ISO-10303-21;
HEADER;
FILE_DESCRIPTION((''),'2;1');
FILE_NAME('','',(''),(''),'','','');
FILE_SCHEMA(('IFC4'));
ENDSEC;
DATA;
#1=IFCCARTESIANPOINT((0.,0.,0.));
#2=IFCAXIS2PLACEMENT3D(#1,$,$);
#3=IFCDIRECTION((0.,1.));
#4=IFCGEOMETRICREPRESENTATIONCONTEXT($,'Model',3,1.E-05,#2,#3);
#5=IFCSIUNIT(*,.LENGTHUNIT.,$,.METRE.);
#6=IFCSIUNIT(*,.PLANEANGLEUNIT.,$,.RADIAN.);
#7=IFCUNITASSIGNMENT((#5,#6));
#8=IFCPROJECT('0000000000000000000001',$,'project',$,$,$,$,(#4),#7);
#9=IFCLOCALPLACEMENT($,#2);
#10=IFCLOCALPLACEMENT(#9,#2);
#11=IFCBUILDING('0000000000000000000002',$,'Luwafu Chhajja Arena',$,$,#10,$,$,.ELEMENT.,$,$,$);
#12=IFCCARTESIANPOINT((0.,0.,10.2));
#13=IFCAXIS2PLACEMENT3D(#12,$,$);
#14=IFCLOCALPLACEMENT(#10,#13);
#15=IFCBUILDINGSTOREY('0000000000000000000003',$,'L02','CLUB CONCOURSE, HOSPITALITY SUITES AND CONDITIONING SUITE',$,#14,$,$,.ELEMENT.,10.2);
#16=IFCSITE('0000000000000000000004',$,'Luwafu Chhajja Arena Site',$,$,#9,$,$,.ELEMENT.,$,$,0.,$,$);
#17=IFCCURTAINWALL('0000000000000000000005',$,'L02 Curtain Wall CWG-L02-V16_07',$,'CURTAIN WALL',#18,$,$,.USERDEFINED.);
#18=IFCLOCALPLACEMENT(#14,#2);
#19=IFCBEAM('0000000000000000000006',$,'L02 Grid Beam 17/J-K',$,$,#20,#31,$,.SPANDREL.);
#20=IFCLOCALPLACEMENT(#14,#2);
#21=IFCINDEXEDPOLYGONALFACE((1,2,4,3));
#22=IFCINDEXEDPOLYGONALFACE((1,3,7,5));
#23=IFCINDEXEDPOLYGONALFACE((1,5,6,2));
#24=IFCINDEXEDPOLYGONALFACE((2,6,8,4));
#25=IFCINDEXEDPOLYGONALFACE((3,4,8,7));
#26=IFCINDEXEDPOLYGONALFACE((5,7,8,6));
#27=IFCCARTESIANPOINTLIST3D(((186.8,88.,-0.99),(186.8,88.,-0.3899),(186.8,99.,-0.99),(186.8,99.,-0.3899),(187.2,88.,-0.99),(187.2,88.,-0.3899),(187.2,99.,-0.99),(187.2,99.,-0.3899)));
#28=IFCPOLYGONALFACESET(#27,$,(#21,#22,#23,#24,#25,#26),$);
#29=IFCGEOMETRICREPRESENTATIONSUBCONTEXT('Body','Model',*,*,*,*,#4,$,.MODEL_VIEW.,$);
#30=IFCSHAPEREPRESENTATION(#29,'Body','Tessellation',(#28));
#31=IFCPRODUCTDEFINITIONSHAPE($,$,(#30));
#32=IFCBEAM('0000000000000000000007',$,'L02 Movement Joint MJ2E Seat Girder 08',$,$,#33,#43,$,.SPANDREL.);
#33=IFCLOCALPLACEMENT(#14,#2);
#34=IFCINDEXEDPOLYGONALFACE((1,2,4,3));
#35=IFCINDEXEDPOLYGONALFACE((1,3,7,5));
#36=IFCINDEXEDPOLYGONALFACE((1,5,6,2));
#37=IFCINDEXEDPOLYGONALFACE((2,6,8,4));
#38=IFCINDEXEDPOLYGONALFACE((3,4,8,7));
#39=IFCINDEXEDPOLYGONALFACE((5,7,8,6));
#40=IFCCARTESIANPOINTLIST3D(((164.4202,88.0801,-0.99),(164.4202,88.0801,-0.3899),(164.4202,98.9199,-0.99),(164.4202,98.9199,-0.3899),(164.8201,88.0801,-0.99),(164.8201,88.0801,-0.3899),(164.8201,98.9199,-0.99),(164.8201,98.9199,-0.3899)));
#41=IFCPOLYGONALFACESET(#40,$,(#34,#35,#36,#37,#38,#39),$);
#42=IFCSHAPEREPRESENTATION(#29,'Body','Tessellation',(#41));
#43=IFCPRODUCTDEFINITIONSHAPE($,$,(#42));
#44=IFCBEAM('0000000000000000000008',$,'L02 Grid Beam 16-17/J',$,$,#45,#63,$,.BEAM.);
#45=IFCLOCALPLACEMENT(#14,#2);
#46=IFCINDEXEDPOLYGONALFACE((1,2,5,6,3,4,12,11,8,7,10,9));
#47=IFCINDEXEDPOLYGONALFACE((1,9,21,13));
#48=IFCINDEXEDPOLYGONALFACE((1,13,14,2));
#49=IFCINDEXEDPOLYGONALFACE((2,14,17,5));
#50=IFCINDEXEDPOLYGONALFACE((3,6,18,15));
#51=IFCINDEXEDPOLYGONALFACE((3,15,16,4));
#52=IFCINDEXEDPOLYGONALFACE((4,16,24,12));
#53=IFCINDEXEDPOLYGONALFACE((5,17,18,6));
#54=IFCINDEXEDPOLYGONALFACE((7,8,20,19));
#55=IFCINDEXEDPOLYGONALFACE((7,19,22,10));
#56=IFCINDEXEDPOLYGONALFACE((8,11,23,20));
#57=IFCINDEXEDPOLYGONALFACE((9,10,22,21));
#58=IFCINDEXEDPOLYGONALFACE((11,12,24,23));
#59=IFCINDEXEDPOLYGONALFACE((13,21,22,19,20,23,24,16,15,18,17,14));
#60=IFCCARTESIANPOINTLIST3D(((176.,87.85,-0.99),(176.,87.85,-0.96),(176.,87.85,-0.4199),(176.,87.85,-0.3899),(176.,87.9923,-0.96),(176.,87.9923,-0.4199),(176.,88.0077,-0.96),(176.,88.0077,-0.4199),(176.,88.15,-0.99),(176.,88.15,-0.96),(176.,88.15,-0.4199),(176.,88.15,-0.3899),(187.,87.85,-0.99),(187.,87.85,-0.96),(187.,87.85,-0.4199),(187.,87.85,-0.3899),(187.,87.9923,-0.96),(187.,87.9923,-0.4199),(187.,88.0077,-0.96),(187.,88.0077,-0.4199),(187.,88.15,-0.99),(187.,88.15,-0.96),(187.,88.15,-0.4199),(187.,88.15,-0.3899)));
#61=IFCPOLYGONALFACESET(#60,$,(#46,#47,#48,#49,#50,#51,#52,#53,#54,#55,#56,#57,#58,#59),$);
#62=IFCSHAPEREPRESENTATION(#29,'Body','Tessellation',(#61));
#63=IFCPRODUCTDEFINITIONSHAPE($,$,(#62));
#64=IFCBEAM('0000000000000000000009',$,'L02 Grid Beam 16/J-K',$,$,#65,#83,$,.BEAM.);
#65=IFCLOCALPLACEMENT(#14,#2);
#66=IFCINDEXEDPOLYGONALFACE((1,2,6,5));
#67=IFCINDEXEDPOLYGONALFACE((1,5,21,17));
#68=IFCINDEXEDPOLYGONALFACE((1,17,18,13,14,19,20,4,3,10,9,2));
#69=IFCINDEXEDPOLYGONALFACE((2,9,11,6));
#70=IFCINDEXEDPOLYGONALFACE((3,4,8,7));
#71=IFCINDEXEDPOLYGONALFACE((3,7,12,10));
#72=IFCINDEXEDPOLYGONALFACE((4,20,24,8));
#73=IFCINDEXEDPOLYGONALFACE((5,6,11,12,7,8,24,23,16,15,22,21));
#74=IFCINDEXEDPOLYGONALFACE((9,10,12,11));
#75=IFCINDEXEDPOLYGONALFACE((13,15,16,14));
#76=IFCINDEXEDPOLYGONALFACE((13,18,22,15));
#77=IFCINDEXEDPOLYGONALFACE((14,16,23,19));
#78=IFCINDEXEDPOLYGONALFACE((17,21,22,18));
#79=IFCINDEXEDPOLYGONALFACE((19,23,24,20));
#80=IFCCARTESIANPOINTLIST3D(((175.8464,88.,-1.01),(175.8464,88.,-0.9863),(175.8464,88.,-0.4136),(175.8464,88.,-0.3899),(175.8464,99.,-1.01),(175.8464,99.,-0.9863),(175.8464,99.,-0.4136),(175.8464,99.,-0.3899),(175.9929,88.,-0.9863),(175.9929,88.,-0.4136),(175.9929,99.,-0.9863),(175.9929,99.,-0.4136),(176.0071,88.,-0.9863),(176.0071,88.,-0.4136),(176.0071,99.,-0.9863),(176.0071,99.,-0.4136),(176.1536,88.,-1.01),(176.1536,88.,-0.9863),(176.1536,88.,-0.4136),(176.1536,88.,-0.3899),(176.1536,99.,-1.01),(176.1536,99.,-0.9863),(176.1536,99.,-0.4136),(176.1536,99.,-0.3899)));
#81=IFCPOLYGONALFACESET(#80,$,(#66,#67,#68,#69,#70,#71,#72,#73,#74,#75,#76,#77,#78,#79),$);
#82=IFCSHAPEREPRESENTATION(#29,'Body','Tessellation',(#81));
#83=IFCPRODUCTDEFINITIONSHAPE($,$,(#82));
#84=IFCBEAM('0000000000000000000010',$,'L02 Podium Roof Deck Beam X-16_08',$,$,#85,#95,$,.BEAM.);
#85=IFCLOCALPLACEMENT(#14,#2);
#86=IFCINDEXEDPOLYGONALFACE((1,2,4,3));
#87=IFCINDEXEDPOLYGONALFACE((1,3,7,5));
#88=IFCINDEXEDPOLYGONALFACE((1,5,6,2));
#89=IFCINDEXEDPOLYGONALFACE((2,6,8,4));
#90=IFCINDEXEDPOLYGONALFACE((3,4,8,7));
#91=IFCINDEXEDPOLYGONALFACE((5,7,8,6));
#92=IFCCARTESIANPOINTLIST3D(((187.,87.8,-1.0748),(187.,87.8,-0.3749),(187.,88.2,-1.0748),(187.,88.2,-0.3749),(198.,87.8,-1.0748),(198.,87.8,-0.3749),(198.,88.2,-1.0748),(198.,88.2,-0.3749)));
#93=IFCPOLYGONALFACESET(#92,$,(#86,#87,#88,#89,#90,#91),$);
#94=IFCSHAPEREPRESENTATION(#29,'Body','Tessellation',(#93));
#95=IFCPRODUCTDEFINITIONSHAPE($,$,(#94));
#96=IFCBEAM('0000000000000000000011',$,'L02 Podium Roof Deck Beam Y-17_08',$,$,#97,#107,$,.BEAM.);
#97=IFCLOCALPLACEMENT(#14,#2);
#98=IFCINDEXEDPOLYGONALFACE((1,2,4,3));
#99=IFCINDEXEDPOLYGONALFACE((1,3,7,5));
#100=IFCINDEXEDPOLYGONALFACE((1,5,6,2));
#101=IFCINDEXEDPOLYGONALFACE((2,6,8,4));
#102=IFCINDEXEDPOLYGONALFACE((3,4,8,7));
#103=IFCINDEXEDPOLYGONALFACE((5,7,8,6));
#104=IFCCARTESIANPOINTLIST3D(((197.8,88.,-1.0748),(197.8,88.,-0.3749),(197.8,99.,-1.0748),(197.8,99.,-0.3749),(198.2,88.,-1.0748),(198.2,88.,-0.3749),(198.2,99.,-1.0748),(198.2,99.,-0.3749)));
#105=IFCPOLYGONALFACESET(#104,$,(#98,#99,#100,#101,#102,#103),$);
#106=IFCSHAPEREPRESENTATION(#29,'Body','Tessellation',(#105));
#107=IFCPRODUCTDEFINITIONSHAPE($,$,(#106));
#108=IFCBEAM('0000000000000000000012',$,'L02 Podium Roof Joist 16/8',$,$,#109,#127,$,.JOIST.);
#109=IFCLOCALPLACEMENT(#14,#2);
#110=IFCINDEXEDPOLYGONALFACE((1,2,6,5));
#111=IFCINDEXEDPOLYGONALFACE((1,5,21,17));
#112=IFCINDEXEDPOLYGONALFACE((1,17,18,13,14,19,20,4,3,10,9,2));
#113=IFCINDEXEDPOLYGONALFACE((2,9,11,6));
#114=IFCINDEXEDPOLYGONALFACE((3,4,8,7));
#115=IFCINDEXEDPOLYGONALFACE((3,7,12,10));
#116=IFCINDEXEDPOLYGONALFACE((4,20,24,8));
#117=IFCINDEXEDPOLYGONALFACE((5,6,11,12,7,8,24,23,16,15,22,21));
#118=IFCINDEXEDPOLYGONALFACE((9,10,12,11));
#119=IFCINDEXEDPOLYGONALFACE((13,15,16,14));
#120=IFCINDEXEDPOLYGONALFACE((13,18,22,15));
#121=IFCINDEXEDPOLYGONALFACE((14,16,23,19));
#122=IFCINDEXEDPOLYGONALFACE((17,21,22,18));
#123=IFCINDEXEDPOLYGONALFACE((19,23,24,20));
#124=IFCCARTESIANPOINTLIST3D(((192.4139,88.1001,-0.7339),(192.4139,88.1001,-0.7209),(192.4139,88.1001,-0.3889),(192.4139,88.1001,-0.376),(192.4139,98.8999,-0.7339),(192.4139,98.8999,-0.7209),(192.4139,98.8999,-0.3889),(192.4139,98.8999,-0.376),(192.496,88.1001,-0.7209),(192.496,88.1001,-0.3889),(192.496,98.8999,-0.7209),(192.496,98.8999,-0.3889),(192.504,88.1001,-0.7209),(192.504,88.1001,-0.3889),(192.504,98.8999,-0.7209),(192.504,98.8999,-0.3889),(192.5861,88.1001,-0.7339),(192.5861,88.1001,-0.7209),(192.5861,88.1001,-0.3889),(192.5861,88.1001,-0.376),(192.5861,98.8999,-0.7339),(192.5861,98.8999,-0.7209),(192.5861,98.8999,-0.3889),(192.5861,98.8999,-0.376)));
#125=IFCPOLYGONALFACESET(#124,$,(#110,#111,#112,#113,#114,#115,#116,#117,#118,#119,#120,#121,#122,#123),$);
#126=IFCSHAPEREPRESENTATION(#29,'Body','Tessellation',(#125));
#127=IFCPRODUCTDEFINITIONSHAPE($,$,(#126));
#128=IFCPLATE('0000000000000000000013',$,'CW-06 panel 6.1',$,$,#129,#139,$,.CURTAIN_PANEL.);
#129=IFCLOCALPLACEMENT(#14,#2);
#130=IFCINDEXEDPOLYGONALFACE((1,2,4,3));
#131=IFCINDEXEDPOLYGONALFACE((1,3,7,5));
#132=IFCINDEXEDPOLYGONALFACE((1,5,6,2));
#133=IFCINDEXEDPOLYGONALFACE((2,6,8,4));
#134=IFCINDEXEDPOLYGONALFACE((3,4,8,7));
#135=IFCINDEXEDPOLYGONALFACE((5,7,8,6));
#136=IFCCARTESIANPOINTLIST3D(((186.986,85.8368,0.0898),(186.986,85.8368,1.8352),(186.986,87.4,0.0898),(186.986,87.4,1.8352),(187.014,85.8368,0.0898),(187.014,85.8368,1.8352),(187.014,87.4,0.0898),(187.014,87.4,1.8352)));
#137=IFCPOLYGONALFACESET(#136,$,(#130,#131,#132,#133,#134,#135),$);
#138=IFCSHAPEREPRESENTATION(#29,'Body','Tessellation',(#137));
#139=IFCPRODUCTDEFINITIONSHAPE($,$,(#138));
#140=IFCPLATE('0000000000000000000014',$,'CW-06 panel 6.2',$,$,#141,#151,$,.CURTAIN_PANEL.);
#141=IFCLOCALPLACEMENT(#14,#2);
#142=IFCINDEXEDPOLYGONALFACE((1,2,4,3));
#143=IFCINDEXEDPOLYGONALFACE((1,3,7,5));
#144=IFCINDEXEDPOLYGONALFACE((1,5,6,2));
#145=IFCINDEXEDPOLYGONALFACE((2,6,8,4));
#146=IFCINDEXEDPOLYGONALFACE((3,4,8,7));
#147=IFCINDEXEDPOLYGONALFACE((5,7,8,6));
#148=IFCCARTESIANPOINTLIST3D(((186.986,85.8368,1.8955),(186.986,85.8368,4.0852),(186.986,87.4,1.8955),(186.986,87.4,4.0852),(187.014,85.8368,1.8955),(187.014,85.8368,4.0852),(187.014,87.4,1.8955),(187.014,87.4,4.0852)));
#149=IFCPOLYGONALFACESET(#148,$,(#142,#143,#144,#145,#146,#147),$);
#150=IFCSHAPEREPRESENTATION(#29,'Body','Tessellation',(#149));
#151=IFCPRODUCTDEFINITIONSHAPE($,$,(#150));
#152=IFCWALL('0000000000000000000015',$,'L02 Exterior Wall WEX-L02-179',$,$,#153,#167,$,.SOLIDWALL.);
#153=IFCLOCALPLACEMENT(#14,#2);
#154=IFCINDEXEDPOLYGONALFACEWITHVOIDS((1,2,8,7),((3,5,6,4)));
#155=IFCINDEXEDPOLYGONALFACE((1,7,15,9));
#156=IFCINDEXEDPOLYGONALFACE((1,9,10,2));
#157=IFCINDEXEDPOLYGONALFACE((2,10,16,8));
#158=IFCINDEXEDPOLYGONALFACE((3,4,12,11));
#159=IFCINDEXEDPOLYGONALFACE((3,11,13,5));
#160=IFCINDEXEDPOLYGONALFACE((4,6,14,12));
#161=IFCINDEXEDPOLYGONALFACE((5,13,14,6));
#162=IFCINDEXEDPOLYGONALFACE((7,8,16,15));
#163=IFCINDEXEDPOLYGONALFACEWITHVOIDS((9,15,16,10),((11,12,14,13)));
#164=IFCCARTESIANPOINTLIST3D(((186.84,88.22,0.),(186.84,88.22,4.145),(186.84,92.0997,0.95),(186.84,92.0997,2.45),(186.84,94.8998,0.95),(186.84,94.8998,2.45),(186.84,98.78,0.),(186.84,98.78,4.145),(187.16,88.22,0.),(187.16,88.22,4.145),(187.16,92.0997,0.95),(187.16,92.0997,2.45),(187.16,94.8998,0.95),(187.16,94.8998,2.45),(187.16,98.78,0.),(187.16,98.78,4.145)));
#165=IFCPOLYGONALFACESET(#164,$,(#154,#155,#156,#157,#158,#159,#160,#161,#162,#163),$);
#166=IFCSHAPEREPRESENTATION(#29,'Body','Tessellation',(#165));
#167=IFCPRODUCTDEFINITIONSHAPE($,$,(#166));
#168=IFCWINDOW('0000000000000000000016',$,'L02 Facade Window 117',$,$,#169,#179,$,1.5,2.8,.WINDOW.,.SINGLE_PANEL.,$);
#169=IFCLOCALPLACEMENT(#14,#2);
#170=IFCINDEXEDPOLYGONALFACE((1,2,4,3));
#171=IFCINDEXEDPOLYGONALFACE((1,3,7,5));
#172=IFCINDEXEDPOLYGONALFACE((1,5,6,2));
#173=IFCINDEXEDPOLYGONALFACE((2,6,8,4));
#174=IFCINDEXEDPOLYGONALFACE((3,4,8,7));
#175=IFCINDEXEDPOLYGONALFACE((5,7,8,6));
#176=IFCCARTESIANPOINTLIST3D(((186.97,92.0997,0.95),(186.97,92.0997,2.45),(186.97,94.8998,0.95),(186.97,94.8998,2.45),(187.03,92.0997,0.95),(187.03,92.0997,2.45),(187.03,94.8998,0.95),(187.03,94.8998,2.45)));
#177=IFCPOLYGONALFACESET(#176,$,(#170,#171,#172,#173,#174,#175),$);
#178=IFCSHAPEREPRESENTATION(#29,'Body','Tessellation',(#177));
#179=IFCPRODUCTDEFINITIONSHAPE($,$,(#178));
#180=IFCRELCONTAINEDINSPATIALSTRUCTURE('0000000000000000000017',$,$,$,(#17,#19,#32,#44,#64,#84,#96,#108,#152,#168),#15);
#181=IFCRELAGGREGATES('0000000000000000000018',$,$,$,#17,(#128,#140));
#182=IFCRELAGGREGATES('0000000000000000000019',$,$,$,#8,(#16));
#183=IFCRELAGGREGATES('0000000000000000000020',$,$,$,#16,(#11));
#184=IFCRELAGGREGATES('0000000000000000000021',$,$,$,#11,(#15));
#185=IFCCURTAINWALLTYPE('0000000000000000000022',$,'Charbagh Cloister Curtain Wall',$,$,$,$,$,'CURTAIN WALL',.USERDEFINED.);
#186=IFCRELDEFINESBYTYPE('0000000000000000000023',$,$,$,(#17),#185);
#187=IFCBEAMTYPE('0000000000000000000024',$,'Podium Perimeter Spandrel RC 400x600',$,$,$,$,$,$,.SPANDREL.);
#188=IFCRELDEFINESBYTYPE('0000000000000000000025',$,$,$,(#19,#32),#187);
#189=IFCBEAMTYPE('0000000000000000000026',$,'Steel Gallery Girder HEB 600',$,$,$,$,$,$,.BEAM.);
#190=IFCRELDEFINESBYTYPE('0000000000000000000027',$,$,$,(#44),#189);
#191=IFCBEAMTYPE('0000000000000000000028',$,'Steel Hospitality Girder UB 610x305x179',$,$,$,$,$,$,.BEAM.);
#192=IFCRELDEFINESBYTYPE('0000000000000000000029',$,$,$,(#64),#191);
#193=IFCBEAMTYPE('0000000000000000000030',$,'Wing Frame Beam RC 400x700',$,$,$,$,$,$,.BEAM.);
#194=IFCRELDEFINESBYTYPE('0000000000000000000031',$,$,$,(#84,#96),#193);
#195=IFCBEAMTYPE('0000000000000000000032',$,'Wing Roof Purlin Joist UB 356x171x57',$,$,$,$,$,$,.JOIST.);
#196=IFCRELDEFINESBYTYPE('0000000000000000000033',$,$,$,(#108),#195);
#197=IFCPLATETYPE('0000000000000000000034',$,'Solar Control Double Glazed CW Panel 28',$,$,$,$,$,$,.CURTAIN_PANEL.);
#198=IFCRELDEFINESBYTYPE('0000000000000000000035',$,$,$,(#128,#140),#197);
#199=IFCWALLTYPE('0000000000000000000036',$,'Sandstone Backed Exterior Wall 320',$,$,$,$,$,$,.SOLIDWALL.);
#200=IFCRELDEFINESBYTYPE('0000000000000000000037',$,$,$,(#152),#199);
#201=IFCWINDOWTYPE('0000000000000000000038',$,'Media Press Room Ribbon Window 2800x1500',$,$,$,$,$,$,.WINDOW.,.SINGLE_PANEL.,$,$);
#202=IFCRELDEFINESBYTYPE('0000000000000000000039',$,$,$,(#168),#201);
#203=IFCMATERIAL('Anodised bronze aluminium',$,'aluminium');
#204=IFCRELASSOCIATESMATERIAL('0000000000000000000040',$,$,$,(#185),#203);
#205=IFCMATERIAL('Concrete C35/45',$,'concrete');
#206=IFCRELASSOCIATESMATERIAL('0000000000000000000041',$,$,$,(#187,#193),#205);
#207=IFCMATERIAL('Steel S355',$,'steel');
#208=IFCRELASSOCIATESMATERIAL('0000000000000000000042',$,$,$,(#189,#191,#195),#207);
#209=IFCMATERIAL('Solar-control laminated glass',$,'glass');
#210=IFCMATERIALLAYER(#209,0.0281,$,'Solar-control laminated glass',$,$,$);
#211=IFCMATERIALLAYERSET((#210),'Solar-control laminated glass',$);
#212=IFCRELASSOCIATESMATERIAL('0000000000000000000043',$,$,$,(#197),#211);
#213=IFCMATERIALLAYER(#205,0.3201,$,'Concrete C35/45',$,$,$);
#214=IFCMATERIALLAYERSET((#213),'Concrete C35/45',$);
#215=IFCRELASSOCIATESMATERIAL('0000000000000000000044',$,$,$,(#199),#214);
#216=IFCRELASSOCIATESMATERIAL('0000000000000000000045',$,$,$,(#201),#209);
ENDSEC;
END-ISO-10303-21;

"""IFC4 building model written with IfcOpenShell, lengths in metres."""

from ifc_helpers import new_model, si_unit, direction, frame, frame_2d, origin, origin_2d, place, context, subcontext, project, spatial, rectangle, i_section, extrude, material, layer, layer_set, material_profile, profile_set, type_object, element, fill, aggregate, save


model = new_model("IFC4")

# Units and contexts
model_context = context("Model", 3, precision=1e-05, world=origin(), true_north=direction((0.0, 1.0)))
body_context = subcontext(model_context, "Body", "Model", "MODEL_VIEW")
ifc_project = project(units=[si_unit("LENGTHUNIT", "METRE"), si_unit("PLANEANGLEUNIT", "RADIAN")], contexts=[model_context])

# Site, building, storey
site_placement = place(None, origin())
site = spatial("IfcSite", under=ifc_project, at=site_placement, Name="Luwafu Chhajja Arena Site", CompositionType="ELEMENT", RefElevation=0.0)
building_placement = place(site_placement, origin())
building = spatial("IfcBuilding", under=site, at=building_placement, Name="Luwafu Chhajja Arena", CompositionType="ELEMENT")
storey_placement = place(building_placement, frame((0.0, 0.0, 10.2)))
storey = spatial("IfcBuildingStorey", under=building, at=storey_placement, Name="L02", Description="CLUB CONCOURSE, HOSPITALITY SUITES AND CONDITIONING SUITE", CompositionType="ELEMENT", Elevation=10.2)

# Shared definitions
ifc_material_1 = material(Name="Concrete C35/45", Category="concrete")

# Curtain wall
ifc_material_2 = material(Name="Anodised bronze aluminium", Category="aluminium")
curtain_wall_type = type_object("IfcCurtainWallType", Name="Charbagh Cloister Curtain Wall", ElementType="CURTAIN WALL", PredefinedType="USERDEFINED", material=ifc_material_2)
curtain_wall_placement = place(storey_placement, origin())
curtain_wall = element("IfcCurtainWall", 1, at=curtain_wall_placement, inside=storey, type_object=curtain_wall_type, Name="L02 Curtain Wall CWG-L02-V16_07", ObjectType="CURTAIN WALL", PredefinedType="USERDEFINED")

# Beams
ifc_material_3 = material(Name="Steel S355", Category="steel")
ifc_material_profile_1 = material_profile(ifc_material_1, rectangle(XDim=0.3999, YDim=0.6001, at=origin_2d()), Name="RC 400x600")
ifc_profile_set_1 = profile_set([ifc_material_profile_1], Name="Concrete C35/45")
beam_type_1 = type_object("IfcBeamType", Name="Podium Perimeter Spandrel RC 400x600", PredefinedType="SPANDREL", material=ifc_profile_set_1)
for number, where, z_axis, x_axis, name in (
    (2, (187.0, 88.0, -0.6899), (0.0, 1.0, 0.0), (-1.0, 0.0, 0.0), "L02 Grid Beam 17/J-K"),
):
    element("IfcBeam", number, at=place(storey_placement, frame(where, z_axis=z_axis, x_axis=x_axis)), inside=storey, type_object=beam_type_1, Name=name, PredefinedType="SPANDREL", context=body_context, shape_type="SweptSolid", body=[
        extrude(rectangle(XDim=0.3999, YDim=0.6001, at=origin_2d()), origin(), (0.0, 0.0, 1.0), 11.0),
    ])
beam_1_placement = place(storey_placement, frame((164.6201, 88.0801, -0.6899), z_axis=(0.0, 1.0, 0.0), x_axis=(-1.0, 0.0, 0.0)))
element("IfcBeam", 3, at=beam_1_placement, inside=storey, type_object=beam_type_1, Name="L02 Movement Joint MJ2E Seat Girder 08", PredefinedType="SPANDREL", context=body_context, shape_type="SweptSolid", body=[
    extrude(rectangle(XDim=0.3999, YDim=0.6001, at=origin_2d()), origin(), (0.0, 0.0, 1.0), 10.8398),
])
ifc_material_profile_2 = material_profile(ifc_material_3, i_section(OverallWidth=0.3, OverallDepth=0.6001, WebThickness=0.0154, FlangeThickness=0.03, at=origin_2d()), Name="HEB 600")
ifc_profile_set_2 = profile_set([ifc_material_profile_2], Name="Steel S355")
beam_type_2 = type_object("IfcBeamType", Name="Steel Gallery Girder HEB 600", PredefinedType="BEAM", material=ifc_profile_set_2)
beam_2_placement = place(storey_placement, frame((176.0, 88.0, -0.6899), z_axis=(1.0, 0.0, 0.0), x_axis=(0.0, 1.0, 0.0)))
element("IfcBeam", 4, at=beam_2_placement, inside=storey, type_object=beam_type_2, Name="L02 Grid Beam 16-17/J", PredefinedType="BEAM", context=body_context, shape_type="SweptSolid", body=[
    extrude(i_section(OverallWidth=0.3, OverallDepth=0.6001, WebThickness=0.0154, FlangeThickness=0.03, at=origin_2d()), origin(), (0.0, 0.0, 1.0), 11.0),
])
ifc_material_profile_3 = material_profile(ifc_material_3, i_section(OverallWidth=0.3071, OverallDepth=0.6201, WebThickness=0.0142, FlangeThickness=0.0237, at=origin_2d()), Name="UB 610x305x179")
ifc_profile_set_3 = profile_set([ifc_material_profile_3], Name="Steel S355")
beam_type_3 = type_object("IfcBeamType", Name="Steel Hospitality Girder UB 610x305x179", PredefinedType="BEAM", material=ifc_profile_set_3)
beam_3_placement = place(storey_placement, frame((176.0, 88.0, -0.7), z_axis=(0.0, 1.0, 0.0), x_axis=(-1.0, 0.0, 0.0)))
element("IfcBeam", 5, at=beam_3_placement, inside=storey, type_object=beam_type_3, Name="L02 Grid Beam 16/J-K", PredefinedType="BEAM", context=body_context, shape_type="SweptSolid", body=[
    extrude(i_section(OverallWidth=0.3071, OverallDepth=0.6201, WebThickness=0.0142, FlangeThickness=0.0237, at=origin_2d()), origin(), (0.0, 0.0, 1.0), 11.0),
])
ifc_material_profile_4 = material_profile(ifc_material_1, rectangle(XDim=0.3999, YDim=0.7, at=origin_2d()), Name="RC 400x700")
ifc_profile_set_4 = profile_set([ifc_material_profile_4], Name="Concrete C35/45")
beam_type_4 = type_object("IfcBeamType", Name="Wing Frame Beam RC 400x700", PredefinedType="BEAM", material=ifc_profile_set_4)
for number, where, z_axis, x_axis, name in (
    (6, (187.0, 88.0, -0.7249), (1.0, 0.0, 0.0), (0.0, 1.0, 0.0), "L02 Podium Roof Deck Beam X-16_08"),
    (7, (198.0, 88.0, -0.7249), (0.0, 1.0, 0.0), (-1.0, 0.0, 0.0), "L02 Podium Roof Deck Beam Y-17_08"),
):
    element("IfcBeam", number, at=place(storey_placement, frame(where, z_axis=z_axis, x_axis=x_axis)), inside=storey, type_object=beam_type_4, Name=name, PredefinedType="BEAM", context=body_context, shape_type="SweptSolid", body=[
        extrude(rectangle(XDim=0.3999, YDim=0.7, at=origin_2d()), origin(), (0.0, 0.0, 1.0), 11.0),
    ])
ifc_material_profile_5 = material_profile(ifc_material_3, i_section(OverallWidth=0.1721, OverallDepth=0.3579, WebThickness=0.0081, FlangeThickness=0.0129, at=origin_2d()), Name="UB 356x171x57")
ifc_profile_set_5 = profile_set([ifc_material_profile_5], Name="Steel S355")
beam_type_5 = type_object("IfcBeamType", Name="Wing Roof Purlin Joist UB 356x171x57", PredefinedType="JOIST", material=ifc_profile_set_5)
beam_4_placement = place(storey_placement, frame((192.5, 88.1001, -0.5549), z_axis=(0.0, 1.0, 0.0), x_axis=(-1.0, 0.0, 0.0)))
element("IfcBeam", 8, at=beam_4_placement, inside=storey, type_object=beam_type_5, Name="L02 Podium Roof Joist 16/8", PredefinedType="JOIST", context=body_context, shape_type="SweptSolid", body=[
    extrude(i_section(OverallWidth=0.1721, OverallDepth=0.3579, WebThickness=0.0081, FlangeThickness=0.0129, at=origin_2d()), origin(), (0.0, 0.0, 1.0), 10.7998),
])

# Plates
ifc_material_4 = material(Name="Solar-control laminated glass", Category="glass")
ifc_layer_1 = layer(ifc_material_4, 0.0281, Name="Solar-control laminated glass")
ifc_layer_set_1 = layer_set([ifc_layer_1], Name="Solar-control laminated glass")
plate_type = type_object("IfcPlateType", Name="Solar Control Double Glazed CW Panel 28", PredefinedType="CURTAIN_PANEL", material=ifc_layer_set_1)
plate_1_placement = place(storey_placement, frame((187.0, 86.6184, 0.0898), z_axis=(0.0, 0.0, 1.0), x_axis=(0.0, 1.0, 0.0)))
plate_1 = element("IfcPlate", 9, at=plate_1_placement, type_object=plate_type, Name="CW-06 panel 6.1", PredefinedType="CURTAIN_PANEL", context=body_context, shape_type="SweptSolid", body=[
    extrude(rectangle(XDim=1.5632, YDim=0.0281, at=origin_2d()), origin(), (0.0, 0.0, 1.0), 1.7454),
])
plate_2_placement = place(storey_placement, frame((187.0, 86.6184, 1.8955), z_axis=(0.0, 0.0, 1.0), x_axis=(0.0, 1.0, 0.0)))
plate_2 = element("IfcPlate", 10, at=plate_2_placement, type_object=plate_type, Name="CW-06 panel 6.2", PredefinedType="CURTAIN_PANEL", context=body_context, shape_type="SweptSolid", body=[
    extrude(rectangle(XDim=1.5632, YDim=0.0281, at=origin_2d()), origin(), (0.0, 0.0, 1.0), 2.1897),
])
aggregate(curtain_wall, [plate_1, plate_2])

# Wall, opening, window
ifc_layer_2 = layer(ifc_material_1, 0.3201, Name="Concrete C35/45")
ifc_layer_set_2 = layer_set([ifc_layer_2], Name="Concrete C35/45")
wall_type = type_object("IfcWallType", Name="Sandstone Backed Exterior Wall 320", PredefinedType="SOLIDWALL", material=ifc_layer_set_2)
wall_placement = place(storey_placement, frame((187.0, 88.22, 0.0), z_axis=(0.0, 0.0, 1.0), x_axis=(0.0, 1.0, 0.0)))
wall = element("IfcWall", 11, at=wall_placement, inside=storey, type_object=wall_type, Name="L02 Exterior Wall WEX-L02-179", PredefinedType="SOLIDWALL", context=body_context, shape_type="SweptSolid", body=[
    extrude(rectangle(XDim=10.5601, YDim=0.3201, at=frame_2d((5.28, 0.0))), origin(), (0.0, 0.0, 1.0), 4.145),
])
opening_placement = place(wall_placement, frame((3.8799, 0.0, 0.95)))
opening = element("IfcOpeningElement", 12, at=opening_placement, cuts=wall, PredefinedType="OPENING", context=body_context, shape_type="SweptSolid", body=[
    extrude(rectangle(XDim=2.8, YDim=1.5, at=frame_2d((1.3999, 0.75))), frame((0.0, 0.1699, 0.0), z_axis=(0.0, -1.0, 0.0), x_axis=(1.0, 0.0, 0.0)), (0.0, 0.0, 1.0), 0.3401),
])
window_type = type_object("IfcWindowType", Name="Media Press Room Ribbon Window 2800x1500", PartitioningType="SINGLE_PANEL", PredefinedType="WINDOW", material=ifc_material_4)
window_placement = place(opening_placement, origin())
window = element("IfcWindow", 13, at=window_placement, inside=storey, type_object=window_type, Name="L02 Facade Window 117", OverallHeight=1.5, OverallWidth=2.8, PartitioningType="SINGLE_PANEL", PredefinedType="WINDOW", context=body_context, shape_type="SweptSolid", body=[
    extrude(rectangle(XDim=2.8, YDim=1.5, at=frame_2d((1.3999, 0.75))), frame((0.0, 0.03, 0.0), z_axis=(0.0, -1.0, 0.0), x_axis=(1.0, 0.0, 0.0)), (0.0, 0.0, 1.0), 0.0601),
])
fill(opening, window)

save(model, "model.ifc")
